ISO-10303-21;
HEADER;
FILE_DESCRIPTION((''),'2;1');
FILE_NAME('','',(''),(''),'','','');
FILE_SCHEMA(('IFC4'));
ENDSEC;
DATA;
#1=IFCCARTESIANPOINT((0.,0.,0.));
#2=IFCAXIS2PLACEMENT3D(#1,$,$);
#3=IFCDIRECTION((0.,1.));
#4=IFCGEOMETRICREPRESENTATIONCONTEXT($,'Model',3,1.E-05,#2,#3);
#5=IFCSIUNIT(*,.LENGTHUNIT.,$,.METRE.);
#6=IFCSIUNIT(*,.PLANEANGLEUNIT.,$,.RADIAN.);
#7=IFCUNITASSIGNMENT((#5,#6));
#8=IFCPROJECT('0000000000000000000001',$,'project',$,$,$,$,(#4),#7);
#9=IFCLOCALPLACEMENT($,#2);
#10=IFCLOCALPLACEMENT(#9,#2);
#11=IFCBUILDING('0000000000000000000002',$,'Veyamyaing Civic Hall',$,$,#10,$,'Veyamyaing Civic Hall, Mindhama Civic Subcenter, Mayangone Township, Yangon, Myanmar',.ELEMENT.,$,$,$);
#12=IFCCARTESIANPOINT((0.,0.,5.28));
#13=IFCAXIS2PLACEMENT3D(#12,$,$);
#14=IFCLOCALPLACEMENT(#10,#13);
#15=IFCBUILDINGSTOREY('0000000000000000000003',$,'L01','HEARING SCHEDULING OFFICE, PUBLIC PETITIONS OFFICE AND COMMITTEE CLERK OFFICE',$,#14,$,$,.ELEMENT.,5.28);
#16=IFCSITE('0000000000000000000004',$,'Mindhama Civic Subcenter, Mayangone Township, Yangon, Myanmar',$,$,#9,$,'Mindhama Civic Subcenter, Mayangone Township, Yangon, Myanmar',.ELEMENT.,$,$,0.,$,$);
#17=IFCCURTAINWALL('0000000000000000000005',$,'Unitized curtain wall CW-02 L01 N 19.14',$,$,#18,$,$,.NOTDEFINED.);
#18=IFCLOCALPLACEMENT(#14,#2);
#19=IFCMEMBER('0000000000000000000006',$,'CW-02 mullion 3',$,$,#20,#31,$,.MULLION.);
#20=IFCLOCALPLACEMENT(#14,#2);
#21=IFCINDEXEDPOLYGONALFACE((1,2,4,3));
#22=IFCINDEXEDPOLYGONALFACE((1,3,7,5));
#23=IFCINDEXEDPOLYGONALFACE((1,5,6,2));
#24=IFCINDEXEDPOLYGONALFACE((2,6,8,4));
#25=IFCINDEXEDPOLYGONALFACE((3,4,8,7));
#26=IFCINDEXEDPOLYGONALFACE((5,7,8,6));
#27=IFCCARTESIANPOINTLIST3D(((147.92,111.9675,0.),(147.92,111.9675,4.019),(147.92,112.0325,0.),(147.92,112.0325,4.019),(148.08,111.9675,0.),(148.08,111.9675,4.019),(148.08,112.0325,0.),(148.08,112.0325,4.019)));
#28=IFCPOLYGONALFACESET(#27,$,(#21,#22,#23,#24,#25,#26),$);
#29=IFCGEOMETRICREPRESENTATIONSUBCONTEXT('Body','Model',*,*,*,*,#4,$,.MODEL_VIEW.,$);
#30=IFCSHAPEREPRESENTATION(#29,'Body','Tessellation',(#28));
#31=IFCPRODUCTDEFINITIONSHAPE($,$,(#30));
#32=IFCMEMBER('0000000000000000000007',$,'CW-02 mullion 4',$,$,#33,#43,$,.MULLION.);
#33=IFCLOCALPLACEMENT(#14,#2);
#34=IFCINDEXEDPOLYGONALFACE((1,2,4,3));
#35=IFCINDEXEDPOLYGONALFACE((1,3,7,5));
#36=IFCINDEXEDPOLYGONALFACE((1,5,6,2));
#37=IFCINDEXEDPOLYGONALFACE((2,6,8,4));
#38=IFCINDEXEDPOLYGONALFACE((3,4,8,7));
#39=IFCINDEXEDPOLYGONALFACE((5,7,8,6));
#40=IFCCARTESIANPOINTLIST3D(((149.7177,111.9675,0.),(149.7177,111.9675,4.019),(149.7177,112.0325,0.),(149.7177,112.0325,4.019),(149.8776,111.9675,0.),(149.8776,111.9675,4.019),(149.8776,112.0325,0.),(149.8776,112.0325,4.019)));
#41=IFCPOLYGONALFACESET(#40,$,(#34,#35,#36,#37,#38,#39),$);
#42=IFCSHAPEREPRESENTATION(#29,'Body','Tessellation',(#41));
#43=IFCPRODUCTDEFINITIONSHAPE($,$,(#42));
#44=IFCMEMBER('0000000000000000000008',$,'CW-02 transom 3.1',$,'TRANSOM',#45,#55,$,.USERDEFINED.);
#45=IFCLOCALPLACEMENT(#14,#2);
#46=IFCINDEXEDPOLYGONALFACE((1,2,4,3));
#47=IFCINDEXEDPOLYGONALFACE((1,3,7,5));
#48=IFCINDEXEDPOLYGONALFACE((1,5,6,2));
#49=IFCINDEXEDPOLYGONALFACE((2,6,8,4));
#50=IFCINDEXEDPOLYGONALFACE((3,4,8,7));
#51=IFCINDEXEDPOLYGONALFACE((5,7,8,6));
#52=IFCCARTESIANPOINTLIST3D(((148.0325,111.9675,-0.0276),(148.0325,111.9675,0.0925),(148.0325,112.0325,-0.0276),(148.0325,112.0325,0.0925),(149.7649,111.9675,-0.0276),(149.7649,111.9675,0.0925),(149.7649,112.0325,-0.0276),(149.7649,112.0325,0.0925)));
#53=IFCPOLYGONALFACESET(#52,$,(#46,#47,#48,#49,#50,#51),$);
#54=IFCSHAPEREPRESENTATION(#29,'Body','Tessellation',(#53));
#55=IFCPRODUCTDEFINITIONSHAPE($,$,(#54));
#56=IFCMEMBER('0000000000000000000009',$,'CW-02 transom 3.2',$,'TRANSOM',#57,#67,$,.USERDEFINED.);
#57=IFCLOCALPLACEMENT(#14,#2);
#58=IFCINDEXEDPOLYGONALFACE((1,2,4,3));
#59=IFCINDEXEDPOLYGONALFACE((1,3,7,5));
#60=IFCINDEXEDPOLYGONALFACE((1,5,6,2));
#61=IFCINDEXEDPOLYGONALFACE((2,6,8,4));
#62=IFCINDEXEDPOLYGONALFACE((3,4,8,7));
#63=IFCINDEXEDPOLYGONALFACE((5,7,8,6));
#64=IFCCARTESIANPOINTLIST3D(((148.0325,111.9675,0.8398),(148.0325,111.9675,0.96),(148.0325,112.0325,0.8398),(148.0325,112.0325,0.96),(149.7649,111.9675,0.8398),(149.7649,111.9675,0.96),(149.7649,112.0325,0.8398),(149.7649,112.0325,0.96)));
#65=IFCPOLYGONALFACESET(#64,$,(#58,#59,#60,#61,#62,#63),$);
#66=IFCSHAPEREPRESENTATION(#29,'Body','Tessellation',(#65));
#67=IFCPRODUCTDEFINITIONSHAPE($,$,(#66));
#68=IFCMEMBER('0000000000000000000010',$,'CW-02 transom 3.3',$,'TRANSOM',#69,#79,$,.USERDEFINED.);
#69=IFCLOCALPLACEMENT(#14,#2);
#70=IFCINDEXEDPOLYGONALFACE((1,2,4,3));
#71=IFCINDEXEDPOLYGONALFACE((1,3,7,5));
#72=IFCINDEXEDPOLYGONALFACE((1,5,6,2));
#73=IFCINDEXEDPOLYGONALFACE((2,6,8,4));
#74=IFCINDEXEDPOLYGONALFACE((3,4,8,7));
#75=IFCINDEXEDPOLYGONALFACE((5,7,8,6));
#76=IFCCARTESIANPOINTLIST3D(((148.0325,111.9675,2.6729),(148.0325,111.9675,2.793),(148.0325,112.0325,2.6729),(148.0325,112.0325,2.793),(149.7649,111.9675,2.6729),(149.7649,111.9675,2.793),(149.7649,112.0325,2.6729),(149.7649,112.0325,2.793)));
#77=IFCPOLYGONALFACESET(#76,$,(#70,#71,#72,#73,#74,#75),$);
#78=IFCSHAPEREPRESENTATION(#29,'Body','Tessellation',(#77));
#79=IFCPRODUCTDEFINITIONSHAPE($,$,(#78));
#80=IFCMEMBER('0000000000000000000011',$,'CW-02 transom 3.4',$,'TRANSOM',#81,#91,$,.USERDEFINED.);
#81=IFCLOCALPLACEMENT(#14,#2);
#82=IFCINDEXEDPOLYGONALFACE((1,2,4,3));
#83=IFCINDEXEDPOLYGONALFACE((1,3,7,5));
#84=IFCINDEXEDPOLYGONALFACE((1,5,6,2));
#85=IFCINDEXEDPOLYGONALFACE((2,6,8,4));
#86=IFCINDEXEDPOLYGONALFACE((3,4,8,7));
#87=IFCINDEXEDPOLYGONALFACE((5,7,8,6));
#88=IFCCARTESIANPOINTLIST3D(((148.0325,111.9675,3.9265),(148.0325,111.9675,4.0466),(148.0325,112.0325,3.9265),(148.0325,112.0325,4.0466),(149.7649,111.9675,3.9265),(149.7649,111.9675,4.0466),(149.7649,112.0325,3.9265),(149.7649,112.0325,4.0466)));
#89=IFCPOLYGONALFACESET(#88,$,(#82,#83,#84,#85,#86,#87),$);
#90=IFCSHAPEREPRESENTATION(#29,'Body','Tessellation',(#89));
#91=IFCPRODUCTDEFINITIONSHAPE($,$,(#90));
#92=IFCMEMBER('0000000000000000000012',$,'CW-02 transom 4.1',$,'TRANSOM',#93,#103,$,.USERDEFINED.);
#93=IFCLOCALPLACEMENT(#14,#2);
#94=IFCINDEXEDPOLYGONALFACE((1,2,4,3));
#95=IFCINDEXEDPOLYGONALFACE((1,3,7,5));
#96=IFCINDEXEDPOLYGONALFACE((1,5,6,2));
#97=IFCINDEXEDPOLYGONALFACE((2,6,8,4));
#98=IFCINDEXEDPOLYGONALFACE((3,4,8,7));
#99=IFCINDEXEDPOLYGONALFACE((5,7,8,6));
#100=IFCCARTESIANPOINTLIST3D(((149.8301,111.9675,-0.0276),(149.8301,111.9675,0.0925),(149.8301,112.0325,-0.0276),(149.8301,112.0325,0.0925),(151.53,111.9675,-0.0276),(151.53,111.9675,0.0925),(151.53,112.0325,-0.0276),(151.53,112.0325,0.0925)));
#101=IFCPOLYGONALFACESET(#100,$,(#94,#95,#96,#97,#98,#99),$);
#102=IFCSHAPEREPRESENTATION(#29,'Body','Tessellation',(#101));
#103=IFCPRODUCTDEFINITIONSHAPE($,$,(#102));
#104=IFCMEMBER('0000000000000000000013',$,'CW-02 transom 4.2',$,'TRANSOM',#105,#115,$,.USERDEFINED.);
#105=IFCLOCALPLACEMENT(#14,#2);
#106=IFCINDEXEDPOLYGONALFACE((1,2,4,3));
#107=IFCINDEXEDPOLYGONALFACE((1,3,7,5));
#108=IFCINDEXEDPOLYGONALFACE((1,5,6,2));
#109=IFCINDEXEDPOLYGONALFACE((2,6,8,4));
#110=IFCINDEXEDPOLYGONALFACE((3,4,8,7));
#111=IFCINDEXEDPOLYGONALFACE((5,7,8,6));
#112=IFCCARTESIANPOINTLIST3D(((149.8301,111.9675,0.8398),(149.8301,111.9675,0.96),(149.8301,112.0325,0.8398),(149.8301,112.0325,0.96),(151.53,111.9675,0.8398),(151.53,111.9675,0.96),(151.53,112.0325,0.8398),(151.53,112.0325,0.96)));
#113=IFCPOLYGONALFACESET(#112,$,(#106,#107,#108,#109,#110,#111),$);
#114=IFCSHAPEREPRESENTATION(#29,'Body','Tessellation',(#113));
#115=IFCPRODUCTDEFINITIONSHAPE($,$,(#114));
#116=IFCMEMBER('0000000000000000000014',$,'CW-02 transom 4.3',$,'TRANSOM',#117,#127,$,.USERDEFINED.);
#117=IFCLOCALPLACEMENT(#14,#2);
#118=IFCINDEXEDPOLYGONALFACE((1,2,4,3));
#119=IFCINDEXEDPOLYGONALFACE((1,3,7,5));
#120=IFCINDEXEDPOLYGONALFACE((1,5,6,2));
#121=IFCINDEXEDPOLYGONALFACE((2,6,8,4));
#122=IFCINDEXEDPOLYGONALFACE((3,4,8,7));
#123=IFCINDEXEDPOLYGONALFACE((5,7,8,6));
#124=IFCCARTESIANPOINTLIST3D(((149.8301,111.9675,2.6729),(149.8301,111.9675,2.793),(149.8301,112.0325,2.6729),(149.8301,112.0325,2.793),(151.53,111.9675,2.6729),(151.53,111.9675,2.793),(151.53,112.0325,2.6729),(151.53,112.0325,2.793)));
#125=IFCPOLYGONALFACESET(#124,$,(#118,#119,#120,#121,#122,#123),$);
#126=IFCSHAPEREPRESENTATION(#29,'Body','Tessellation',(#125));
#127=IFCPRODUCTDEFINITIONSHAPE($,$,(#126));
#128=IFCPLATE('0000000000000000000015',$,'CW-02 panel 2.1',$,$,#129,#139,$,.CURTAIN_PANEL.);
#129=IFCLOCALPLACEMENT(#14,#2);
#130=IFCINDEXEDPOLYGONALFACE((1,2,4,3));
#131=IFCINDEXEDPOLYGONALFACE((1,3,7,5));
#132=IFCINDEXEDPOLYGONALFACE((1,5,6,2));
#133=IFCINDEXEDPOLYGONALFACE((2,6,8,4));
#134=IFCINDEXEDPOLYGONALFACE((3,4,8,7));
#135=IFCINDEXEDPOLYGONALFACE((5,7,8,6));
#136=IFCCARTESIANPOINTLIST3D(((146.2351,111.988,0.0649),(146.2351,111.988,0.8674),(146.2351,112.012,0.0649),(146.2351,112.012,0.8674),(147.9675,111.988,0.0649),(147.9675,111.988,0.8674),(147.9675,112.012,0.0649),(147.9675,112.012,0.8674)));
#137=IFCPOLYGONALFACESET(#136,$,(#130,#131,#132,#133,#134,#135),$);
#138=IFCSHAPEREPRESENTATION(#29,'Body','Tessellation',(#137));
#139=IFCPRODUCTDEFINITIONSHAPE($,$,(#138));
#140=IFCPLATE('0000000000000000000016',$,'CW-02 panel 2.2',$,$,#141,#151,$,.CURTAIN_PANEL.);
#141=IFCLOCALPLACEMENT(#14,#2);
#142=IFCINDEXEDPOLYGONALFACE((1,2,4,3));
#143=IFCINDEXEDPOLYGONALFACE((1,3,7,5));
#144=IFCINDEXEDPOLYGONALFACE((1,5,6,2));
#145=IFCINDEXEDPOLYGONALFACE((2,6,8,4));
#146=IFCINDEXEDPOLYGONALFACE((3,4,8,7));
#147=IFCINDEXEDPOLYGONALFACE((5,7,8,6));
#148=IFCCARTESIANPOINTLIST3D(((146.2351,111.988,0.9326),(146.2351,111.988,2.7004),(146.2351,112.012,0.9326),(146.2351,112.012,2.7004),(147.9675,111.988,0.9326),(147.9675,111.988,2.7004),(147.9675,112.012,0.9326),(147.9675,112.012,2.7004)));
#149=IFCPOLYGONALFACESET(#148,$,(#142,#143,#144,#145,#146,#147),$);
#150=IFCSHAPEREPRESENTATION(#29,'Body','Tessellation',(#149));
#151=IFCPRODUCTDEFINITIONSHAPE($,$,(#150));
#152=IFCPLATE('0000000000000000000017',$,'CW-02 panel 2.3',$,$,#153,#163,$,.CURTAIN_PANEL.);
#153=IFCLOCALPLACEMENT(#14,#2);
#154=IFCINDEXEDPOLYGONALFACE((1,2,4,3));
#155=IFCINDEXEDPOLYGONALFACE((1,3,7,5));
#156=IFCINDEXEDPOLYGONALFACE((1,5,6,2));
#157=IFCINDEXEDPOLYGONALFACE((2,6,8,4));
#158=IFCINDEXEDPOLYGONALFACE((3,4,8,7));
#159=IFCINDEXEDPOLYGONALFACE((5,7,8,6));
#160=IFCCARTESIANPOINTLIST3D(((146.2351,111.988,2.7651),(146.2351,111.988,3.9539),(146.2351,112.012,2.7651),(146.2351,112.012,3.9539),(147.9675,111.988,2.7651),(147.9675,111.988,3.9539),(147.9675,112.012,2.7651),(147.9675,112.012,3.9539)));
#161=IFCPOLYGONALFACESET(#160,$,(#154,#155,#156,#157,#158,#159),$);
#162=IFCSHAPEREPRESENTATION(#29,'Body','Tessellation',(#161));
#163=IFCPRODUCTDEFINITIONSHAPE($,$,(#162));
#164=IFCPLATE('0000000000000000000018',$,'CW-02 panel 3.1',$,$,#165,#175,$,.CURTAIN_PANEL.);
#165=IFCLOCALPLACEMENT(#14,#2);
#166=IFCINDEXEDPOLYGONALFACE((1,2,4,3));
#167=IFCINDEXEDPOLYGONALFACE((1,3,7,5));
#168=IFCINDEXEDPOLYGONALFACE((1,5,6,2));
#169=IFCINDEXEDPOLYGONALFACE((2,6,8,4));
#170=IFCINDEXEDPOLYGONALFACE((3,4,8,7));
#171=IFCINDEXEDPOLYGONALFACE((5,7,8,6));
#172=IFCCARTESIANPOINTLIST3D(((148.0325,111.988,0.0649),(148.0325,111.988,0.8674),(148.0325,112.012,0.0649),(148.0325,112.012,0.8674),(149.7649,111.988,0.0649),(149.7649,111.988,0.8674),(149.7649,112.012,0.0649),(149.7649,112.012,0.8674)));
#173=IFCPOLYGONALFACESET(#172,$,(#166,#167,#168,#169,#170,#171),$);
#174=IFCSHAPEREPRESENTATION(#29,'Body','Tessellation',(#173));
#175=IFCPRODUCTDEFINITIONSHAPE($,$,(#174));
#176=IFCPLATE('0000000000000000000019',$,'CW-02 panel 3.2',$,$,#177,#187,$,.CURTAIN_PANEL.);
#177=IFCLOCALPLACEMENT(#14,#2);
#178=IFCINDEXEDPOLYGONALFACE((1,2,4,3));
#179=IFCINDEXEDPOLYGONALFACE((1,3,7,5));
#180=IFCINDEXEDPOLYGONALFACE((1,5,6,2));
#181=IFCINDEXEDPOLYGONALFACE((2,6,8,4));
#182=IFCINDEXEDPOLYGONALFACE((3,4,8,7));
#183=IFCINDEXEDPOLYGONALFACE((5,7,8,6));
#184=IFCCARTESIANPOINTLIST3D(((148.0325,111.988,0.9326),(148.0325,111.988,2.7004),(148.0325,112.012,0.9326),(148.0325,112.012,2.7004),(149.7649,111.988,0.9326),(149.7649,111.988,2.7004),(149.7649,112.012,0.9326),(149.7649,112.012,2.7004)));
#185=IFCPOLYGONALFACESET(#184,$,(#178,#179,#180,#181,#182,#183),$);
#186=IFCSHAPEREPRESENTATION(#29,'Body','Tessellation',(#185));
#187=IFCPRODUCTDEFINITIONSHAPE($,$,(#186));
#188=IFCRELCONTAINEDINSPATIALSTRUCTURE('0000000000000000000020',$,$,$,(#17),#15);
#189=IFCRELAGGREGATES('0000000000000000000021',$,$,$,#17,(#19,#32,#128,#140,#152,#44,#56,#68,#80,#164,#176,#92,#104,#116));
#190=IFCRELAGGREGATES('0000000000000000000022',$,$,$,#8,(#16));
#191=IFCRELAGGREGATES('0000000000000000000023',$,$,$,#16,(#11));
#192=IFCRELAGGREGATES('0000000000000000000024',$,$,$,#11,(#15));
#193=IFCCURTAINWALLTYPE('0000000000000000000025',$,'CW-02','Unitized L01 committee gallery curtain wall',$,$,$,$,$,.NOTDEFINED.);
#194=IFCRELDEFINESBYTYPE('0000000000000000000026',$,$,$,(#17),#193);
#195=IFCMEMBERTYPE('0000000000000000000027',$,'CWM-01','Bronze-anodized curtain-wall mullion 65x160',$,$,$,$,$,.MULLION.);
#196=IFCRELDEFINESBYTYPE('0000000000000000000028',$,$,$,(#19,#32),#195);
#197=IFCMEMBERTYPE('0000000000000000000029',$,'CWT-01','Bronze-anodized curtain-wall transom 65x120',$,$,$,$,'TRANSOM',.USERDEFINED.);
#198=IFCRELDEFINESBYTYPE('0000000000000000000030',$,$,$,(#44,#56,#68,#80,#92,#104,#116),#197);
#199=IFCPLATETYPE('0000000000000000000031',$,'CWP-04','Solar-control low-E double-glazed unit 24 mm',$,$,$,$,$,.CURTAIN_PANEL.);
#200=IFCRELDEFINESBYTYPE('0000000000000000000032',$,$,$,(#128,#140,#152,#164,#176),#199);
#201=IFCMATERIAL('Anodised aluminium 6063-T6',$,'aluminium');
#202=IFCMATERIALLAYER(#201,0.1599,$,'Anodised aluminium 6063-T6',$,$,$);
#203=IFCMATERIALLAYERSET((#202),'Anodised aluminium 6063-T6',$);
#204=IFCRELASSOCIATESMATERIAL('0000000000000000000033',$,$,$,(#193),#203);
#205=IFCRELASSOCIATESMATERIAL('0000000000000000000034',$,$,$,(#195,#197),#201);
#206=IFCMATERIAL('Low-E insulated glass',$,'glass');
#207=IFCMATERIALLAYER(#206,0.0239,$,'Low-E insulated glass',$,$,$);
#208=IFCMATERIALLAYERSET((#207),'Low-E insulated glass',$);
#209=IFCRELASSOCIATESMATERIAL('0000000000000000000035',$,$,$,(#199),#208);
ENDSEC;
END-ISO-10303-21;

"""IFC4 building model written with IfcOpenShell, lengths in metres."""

from ifc_helpers import new_model, si_unit, direction, frame, origin, origin_2d, place, context, subcontext, project, spatial, rectangle, extrude, material, layer, layer_set, material_profile, profile_set, type_object, element, aggregate, save


model = new_model("IFC4")

# Units and contexts
model_context = context("Model", 3, precision=1e-05, world=origin(), true_north=direction((0.0, 1.0)))
body_context = subcontext(model_context, "Body", "Model", "MODEL_VIEW")
ifc_project = project(units=[si_unit("LENGTHUNIT", "METRE"), si_unit("PLANEANGLEUNIT", "RADIAN")], contexts=[model_context])

# Site, building, storey
site_placement = place(None, origin())
site = spatial("IfcSite", under=ifc_project, at=site_placement, Name="Mindhama Civic Subcenter, Mayangone Township, Yangon, Myanmar", LongName="Mindhama Civic Subcenter, Mayangone Township, Yangon, Myanmar", CompositionType="ELEMENT", RefElevation=0.0)
building_placement = place(site_placement, origin())
building = spatial("IfcBuilding", under=site, at=building_placement, Name="Veyamyaing Civic Hall", LongName="Veyamyaing Civic Hall, Mindhama Civic Subcenter, Mayangone Township, Yangon, Myanmar", CompositionType="ELEMENT")
storey_placement = place(building_placement, frame((0.0, 0.0, 5.28)))
storey = spatial("IfcBuildingStorey", under=building, at=storey_placement, Name="L01", Description="HEARING SCHEDULING OFFICE, PUBLIC PETITIONS OFFICE AND COMMITTEE CLERK OFFICE", CompositionType="ELEMENT", Elevation=5.28)

# Curtain wall, members, plates
ifc_material_1 = material(Name="Anodised aluminium 6063-T6", Category="aluminium")
ifc_layer_1 = layer(ifc_material_1, 0.1599, Name="Anodised aluminium 6063-T6")
ifc_layer_set_1 = layer_set([ifc_layer_1], Name="Anodised aluminium 6063-T6")
curtain_wall_type = type_object("IfcCurtainWallType", Name="CW-02", Description="Unitized L01 committee gallery curtain wall", PredefinedType="NOTDEFINED", material=ifc_layer_set_1)
curtain_wall_placement = place(storey_placement, origin())
curtain_wall = element("IfcCurtainWall", 1, at=curtain_wall_placement, inside=storey, type_object=curtain_wall_type, Name="Unitized curtain wall CW-02 L01 N 19.14", PredefinedType="NOTDEFINED")
ifc_material_profile_1 = material_profile(ifc_material_1, rectangle(XDim=0.0649, YDim=0.1599, at=origin_2d()), Name="ALU-MUL-65X160")
ifc_profile_set_1 = profile_set([ifc_material_profile_1], Name="Anodised aluminium 6063-T6")
member_type_1 = type_object("IfcMemberType", Name="CWM-01", Description="Bronze-anodized curtain-wall mullion 65x160", PredefinedType="MULLION", material=ifc_profile_set_1)
member_1_placement = place(storey_placement, frame((148.0, 112.0, 0.0), z_axis=(0.0, 0.0, 1.0), x_axis=(0.0, 1.0, 0.0)))
member_1 = element("IfcMember", 2, at=member_1_placement, type_object=member_type_1, Name="CW-02 mullion 3", PredefinedType="MULLION", context=body_context, shape_type="SweptSolid", body=[
    extrude(rectangle(XDim=0.0649, YDim=0.1599, at=origin_2d()), origin(), (0.0, 0.0, 1.0), 4.019),
])
member_2_placement = place(storey_placement, frame((149.7976, 112.0, 0.0), z_axis=(0.0, 0.0, 1.0), x_axis=(0.0, 1.0, 0.0)))
member_2 = element("IfcMember", 3, at=member_2_placement, type_object=member_type_1, Name="CW-02 mullion 4", PredefinedType="MULLION", context=body_context, shape_type="SweptSolid", body=[
    extrude(rectangle(XDim=0.0649, YDim=0.1599, at=origin_2d()), origin(), (0.0, 0.0, 1.0), 4.019),
])
ifc_material_profile_2 = material_profile(ifc_material_1, rectangle(XDim=0.0649, YDim=0.1201, at=origin_2d()), Name="ALU-TRN-65X120")
ifc_profile_set_2 = profile_set([ifc_material_profile_2], Name="Anodised aluminium 6063-T6")
member_type_2 = type_object("IfcMemberType", Name="CWT-01", Description="Bronze-anodized curtain-wall transom 65x120", ElementType="TRANSOM", PredefinedType="USERDEFINED", material=ifc_profile_set_2)
member_3_placement = place(storey_placement, frame((148.0325, 112.0, 0.0325), z_axis=(1.0, 0.0, 0.0), x_axis=(0.0, 1.0, 0.0)))
member_3 = element("IfcMember", 4, at=member_3_placement, type_object=member_type_2, Name="CW-02 transom 3.1", ObjectType="TRANSOM", PredefinedType="USERDEFINED", context=body_context, shape_type="SweptSolid", body=[
    extrude(rectangle(XDim=0.0649, YDim=0.1201, at=origin_2d()), origin(), (0.0, 0.0, 1.0), 1.7324),
])
member_4_placement = place(storey_placement, frame((148.0325, 112.0, 0.8999), z_axis=(1.0, 0.0, 0.0), x_axis=(0.0, 1.0, 0.0)))
member_4 = element("IfcMember", 5, at=member_4_placement, type_object=member_type_2, Name="CW-02 transom 3.2", ObjectType="TRANSOM", PredefinedType="USERDEFINED", context=body_context, shape_type="SweptSolid", body=[
    extrude(rectangle(XDim=0.0649, YDim=0.1201, at=origin_2d()), origin(), (0.0, 0.0, 1.0), 1.7324),
])
member_5_placement = place(storey_placement, frame((148.0325, 112.0, 2.7329), z_axis=(1.0, 0.0, 0.0), x_axis=(0.0, 1.0, 0.0)))
member_5 = element("IfcMember", 6, at=member_5_placement, type_object=member_type_2, Name="CW-02 transom 3.3", ObjectType="TRANSOM", PredefinedType="USERDEFINED", context=body_context, shape_type="SweptSolid", body=[
    extrude(rectangle(XDim=0.0649, YDim=0.1201, at=origin_2d()), origin(), (0.0, 0.0, 1.0), 1.7324),
])
member_6_placement = place(storey_placement, frame((148.0325, 112.0, 3.9866), z_axis=(1.0, 0.0, 0.0), x_axis=(0.0, 1.0, 0.0)))
member_6 = element("IfcMember", 7, at=member_6_placement, type_object=member_type_2, Name="CW-02 transom 3.4", ObjectType="TRANSOM", PredefinedType="USERDEFINED", context=body_context, shape_type="SweptSolid", body=[
    extrude(rectangle(XDim=0.0649, YDim=0.1201, at=origin_2d()), origin(), (0.0, 0.0, 1.0), 1.7324),
])
member_7_placement = place(storey_placement, frame((149.8301, 112.0, 0.0325), z_axis=(1.0, 0.0, 0.0), x_axis=(0.0, 1.0, 0.0)))
member_7 = element("IfcMember", 8, at=member_7_placement, type_object=member_type_2, Name="CW-02 transom 4.1", ObjectType="TRANSOM", PredefinedType="USERDEFINED", context=body_context, shape_type="SweptSolid", body=[
    extrude(rectangle(XDim=0.0649, YDim=0.1201, at=origin_2d()), origin(), (0.0, 0.0, 1.0), 1.7),
])
member_8_placement = place(storey_placement, frame((149.8301, 112.0, 0.8999), z_axis=(1.0, 0.0, 0.0), x_axis=(0.0, 1.0, 0.0)))
member_8 = element("IfcMember", 9, at=member_8_placement, type_object=member_type_2, Name="CW-02 transom 4.2", ObjectType="TRANSOM", PredefinedType="USERDEFINED", context=body_context, shape_type="SweptSolid", body=[
    extrude(rectangle(XDim=0.0649, YDim=0.1201, at=origin_2d()), origin(), (0.0, 0.0, 1.0), 1.7),
])
member_9_placement = place(storey_placement, frame((149.8301, 112.0, 2.7329), z_axis=(1.0, 0.0, 0.0), x_axis=(0.0, 1.0, 0.0)))
member_9 = element("IfcMember", 10, at=member_9_placement, type_object=member_type_2, Name="CW-02 transom 4.3", ObjectType="TRANSOM", PredefinedType="USERDEFINED", context=body_context, shape_type="SweptSolid", body=[
    extrude(rectangle(XDim=0.0649, YDim=0.1201, at=origin_2d()), origin(), (0.0, 0.0, 1.0), 1.7),
])
ifc_material_2 = material(Name="Low-E insulated glass", Category="glass")
ifc_layer_2 = layer(ifc_material_2, 0.0239, Name="Low-E insulated glass")
ifc_layer_set_2 = layer_set([ifc_layer_2], Name="Low-E insulated glass")
plate_type = type_object("IfcPlateType", Name="CWP-04", Description="Solar-control low-E double-glazed unit 24 mm", PredefinedType="CURTAIN_PANEL", material=ifc_layer_set_2)
plate_1_placement = place(storey_placement, frame((147.1013, 112.0, 0.0649), z_axis=(0.0, 0.0, 1.0), x_axis=(1.0, 0.0, 0.0)))
plate_1 = element("IfcPlate", 11, at=plate_1_placement, type_object=plate_type, Name="CW-02 panel 2.1", PredefinedType="CURTAIN_PANEL", context=body_context, shape_type="SweptSolid", body=[
    extrude(rectangle(XDim=1.7324, YDim=0.0239, at=origin_2d()), origin(), (0.0, 0.0, 1.0), 0.8025),
])
plate_2_placement = place(storey_placement, frame((147.1013, 112.0, 0.9326), z_axis=(0.0, 0.0, 1.0), x_axis=(1.0, 0.0, 0.0)))
plate_2 = element("IfcPlate", 12, at=plate_2_placement, type_object=plate_type, Name="CW-02 panel 2.2", PredefinedType="CURTAIN_PANEL", context=body_context, shape_type="SweptSolid", body=[
    extrude(rectangle(XDim=1.7324, YDim=0.0239, at=origin_2d()), origin(), (0.0, 0.0, 1.0), 1.7678),
])
plate_3_placement = place(storey_placement, frame((147.1013, 112.0, 2.7651), z_axis=(0.0, 0.0, 1.0), x_axis=(1.0, 0.0, 0.0)))
plate_3 = element("IfcPlate", 13, at=plate_3_placement, type_object=plate_type, Name="CW-02 panel 2.3", PredefinedType="CURTAIN_PANEL", context=body_context, shape_type="SweptSolid", body=[
    extrude(rectangle(XDim=1.7324, YDim=0.0239, at=origin_2d()), origin(), (0.0, 0.0, 1.0), 1.1887),
])
plate_4_placement = place(storey_placement, frame((148.8987, 112.0, 0.0649), z_axis=(0.0, 0.0, 1.0), x_axis=(1.0, 0.0, 0.0)))
plate_4 = element("IfcPlate", 14, at=plate_4_placement, type_object=plate_type, Name="CW-02 panel 3.1", PredefinedType="CURTAIN_PANEL", context=body_context, shape_type="SweptSolid", body=[
    extrude(rectangle(XDim=1.7324, YDim=0.0239, at=origin_2d()), origin(), (0.0, 0.0, 1.0), 0.8025),
])
plate_5_placement = place(storey_placement, frame((148.8987, 112.0, 0.9326), z_axis=(0.0, 0.0, 1.0), x_axis=(1.0, 0.0, 0.0)))
plate_5 = element("IfcPlate", 15, at=plate_5_placement, type_object=plate_type, Name="CW-02 panel 3.2", PredefinedType="CURTAIN_PANEL", context=body_context, shape_type="SweptSolid", body=[
    extrude(rectangle(XDim=1.7324, YDim=0.0239, at=origin_2d()), origin(), (0.0, 0.0, 1.0), 1.7678),
])
aggregate(curtain_wall, [member_1, member_2, plate_1, plate_2, plate_3, member_3, member_4, member_5, member_6, plate_4, plate_5, member_7, member_8, member_9])

save(model, "model.ifc")
